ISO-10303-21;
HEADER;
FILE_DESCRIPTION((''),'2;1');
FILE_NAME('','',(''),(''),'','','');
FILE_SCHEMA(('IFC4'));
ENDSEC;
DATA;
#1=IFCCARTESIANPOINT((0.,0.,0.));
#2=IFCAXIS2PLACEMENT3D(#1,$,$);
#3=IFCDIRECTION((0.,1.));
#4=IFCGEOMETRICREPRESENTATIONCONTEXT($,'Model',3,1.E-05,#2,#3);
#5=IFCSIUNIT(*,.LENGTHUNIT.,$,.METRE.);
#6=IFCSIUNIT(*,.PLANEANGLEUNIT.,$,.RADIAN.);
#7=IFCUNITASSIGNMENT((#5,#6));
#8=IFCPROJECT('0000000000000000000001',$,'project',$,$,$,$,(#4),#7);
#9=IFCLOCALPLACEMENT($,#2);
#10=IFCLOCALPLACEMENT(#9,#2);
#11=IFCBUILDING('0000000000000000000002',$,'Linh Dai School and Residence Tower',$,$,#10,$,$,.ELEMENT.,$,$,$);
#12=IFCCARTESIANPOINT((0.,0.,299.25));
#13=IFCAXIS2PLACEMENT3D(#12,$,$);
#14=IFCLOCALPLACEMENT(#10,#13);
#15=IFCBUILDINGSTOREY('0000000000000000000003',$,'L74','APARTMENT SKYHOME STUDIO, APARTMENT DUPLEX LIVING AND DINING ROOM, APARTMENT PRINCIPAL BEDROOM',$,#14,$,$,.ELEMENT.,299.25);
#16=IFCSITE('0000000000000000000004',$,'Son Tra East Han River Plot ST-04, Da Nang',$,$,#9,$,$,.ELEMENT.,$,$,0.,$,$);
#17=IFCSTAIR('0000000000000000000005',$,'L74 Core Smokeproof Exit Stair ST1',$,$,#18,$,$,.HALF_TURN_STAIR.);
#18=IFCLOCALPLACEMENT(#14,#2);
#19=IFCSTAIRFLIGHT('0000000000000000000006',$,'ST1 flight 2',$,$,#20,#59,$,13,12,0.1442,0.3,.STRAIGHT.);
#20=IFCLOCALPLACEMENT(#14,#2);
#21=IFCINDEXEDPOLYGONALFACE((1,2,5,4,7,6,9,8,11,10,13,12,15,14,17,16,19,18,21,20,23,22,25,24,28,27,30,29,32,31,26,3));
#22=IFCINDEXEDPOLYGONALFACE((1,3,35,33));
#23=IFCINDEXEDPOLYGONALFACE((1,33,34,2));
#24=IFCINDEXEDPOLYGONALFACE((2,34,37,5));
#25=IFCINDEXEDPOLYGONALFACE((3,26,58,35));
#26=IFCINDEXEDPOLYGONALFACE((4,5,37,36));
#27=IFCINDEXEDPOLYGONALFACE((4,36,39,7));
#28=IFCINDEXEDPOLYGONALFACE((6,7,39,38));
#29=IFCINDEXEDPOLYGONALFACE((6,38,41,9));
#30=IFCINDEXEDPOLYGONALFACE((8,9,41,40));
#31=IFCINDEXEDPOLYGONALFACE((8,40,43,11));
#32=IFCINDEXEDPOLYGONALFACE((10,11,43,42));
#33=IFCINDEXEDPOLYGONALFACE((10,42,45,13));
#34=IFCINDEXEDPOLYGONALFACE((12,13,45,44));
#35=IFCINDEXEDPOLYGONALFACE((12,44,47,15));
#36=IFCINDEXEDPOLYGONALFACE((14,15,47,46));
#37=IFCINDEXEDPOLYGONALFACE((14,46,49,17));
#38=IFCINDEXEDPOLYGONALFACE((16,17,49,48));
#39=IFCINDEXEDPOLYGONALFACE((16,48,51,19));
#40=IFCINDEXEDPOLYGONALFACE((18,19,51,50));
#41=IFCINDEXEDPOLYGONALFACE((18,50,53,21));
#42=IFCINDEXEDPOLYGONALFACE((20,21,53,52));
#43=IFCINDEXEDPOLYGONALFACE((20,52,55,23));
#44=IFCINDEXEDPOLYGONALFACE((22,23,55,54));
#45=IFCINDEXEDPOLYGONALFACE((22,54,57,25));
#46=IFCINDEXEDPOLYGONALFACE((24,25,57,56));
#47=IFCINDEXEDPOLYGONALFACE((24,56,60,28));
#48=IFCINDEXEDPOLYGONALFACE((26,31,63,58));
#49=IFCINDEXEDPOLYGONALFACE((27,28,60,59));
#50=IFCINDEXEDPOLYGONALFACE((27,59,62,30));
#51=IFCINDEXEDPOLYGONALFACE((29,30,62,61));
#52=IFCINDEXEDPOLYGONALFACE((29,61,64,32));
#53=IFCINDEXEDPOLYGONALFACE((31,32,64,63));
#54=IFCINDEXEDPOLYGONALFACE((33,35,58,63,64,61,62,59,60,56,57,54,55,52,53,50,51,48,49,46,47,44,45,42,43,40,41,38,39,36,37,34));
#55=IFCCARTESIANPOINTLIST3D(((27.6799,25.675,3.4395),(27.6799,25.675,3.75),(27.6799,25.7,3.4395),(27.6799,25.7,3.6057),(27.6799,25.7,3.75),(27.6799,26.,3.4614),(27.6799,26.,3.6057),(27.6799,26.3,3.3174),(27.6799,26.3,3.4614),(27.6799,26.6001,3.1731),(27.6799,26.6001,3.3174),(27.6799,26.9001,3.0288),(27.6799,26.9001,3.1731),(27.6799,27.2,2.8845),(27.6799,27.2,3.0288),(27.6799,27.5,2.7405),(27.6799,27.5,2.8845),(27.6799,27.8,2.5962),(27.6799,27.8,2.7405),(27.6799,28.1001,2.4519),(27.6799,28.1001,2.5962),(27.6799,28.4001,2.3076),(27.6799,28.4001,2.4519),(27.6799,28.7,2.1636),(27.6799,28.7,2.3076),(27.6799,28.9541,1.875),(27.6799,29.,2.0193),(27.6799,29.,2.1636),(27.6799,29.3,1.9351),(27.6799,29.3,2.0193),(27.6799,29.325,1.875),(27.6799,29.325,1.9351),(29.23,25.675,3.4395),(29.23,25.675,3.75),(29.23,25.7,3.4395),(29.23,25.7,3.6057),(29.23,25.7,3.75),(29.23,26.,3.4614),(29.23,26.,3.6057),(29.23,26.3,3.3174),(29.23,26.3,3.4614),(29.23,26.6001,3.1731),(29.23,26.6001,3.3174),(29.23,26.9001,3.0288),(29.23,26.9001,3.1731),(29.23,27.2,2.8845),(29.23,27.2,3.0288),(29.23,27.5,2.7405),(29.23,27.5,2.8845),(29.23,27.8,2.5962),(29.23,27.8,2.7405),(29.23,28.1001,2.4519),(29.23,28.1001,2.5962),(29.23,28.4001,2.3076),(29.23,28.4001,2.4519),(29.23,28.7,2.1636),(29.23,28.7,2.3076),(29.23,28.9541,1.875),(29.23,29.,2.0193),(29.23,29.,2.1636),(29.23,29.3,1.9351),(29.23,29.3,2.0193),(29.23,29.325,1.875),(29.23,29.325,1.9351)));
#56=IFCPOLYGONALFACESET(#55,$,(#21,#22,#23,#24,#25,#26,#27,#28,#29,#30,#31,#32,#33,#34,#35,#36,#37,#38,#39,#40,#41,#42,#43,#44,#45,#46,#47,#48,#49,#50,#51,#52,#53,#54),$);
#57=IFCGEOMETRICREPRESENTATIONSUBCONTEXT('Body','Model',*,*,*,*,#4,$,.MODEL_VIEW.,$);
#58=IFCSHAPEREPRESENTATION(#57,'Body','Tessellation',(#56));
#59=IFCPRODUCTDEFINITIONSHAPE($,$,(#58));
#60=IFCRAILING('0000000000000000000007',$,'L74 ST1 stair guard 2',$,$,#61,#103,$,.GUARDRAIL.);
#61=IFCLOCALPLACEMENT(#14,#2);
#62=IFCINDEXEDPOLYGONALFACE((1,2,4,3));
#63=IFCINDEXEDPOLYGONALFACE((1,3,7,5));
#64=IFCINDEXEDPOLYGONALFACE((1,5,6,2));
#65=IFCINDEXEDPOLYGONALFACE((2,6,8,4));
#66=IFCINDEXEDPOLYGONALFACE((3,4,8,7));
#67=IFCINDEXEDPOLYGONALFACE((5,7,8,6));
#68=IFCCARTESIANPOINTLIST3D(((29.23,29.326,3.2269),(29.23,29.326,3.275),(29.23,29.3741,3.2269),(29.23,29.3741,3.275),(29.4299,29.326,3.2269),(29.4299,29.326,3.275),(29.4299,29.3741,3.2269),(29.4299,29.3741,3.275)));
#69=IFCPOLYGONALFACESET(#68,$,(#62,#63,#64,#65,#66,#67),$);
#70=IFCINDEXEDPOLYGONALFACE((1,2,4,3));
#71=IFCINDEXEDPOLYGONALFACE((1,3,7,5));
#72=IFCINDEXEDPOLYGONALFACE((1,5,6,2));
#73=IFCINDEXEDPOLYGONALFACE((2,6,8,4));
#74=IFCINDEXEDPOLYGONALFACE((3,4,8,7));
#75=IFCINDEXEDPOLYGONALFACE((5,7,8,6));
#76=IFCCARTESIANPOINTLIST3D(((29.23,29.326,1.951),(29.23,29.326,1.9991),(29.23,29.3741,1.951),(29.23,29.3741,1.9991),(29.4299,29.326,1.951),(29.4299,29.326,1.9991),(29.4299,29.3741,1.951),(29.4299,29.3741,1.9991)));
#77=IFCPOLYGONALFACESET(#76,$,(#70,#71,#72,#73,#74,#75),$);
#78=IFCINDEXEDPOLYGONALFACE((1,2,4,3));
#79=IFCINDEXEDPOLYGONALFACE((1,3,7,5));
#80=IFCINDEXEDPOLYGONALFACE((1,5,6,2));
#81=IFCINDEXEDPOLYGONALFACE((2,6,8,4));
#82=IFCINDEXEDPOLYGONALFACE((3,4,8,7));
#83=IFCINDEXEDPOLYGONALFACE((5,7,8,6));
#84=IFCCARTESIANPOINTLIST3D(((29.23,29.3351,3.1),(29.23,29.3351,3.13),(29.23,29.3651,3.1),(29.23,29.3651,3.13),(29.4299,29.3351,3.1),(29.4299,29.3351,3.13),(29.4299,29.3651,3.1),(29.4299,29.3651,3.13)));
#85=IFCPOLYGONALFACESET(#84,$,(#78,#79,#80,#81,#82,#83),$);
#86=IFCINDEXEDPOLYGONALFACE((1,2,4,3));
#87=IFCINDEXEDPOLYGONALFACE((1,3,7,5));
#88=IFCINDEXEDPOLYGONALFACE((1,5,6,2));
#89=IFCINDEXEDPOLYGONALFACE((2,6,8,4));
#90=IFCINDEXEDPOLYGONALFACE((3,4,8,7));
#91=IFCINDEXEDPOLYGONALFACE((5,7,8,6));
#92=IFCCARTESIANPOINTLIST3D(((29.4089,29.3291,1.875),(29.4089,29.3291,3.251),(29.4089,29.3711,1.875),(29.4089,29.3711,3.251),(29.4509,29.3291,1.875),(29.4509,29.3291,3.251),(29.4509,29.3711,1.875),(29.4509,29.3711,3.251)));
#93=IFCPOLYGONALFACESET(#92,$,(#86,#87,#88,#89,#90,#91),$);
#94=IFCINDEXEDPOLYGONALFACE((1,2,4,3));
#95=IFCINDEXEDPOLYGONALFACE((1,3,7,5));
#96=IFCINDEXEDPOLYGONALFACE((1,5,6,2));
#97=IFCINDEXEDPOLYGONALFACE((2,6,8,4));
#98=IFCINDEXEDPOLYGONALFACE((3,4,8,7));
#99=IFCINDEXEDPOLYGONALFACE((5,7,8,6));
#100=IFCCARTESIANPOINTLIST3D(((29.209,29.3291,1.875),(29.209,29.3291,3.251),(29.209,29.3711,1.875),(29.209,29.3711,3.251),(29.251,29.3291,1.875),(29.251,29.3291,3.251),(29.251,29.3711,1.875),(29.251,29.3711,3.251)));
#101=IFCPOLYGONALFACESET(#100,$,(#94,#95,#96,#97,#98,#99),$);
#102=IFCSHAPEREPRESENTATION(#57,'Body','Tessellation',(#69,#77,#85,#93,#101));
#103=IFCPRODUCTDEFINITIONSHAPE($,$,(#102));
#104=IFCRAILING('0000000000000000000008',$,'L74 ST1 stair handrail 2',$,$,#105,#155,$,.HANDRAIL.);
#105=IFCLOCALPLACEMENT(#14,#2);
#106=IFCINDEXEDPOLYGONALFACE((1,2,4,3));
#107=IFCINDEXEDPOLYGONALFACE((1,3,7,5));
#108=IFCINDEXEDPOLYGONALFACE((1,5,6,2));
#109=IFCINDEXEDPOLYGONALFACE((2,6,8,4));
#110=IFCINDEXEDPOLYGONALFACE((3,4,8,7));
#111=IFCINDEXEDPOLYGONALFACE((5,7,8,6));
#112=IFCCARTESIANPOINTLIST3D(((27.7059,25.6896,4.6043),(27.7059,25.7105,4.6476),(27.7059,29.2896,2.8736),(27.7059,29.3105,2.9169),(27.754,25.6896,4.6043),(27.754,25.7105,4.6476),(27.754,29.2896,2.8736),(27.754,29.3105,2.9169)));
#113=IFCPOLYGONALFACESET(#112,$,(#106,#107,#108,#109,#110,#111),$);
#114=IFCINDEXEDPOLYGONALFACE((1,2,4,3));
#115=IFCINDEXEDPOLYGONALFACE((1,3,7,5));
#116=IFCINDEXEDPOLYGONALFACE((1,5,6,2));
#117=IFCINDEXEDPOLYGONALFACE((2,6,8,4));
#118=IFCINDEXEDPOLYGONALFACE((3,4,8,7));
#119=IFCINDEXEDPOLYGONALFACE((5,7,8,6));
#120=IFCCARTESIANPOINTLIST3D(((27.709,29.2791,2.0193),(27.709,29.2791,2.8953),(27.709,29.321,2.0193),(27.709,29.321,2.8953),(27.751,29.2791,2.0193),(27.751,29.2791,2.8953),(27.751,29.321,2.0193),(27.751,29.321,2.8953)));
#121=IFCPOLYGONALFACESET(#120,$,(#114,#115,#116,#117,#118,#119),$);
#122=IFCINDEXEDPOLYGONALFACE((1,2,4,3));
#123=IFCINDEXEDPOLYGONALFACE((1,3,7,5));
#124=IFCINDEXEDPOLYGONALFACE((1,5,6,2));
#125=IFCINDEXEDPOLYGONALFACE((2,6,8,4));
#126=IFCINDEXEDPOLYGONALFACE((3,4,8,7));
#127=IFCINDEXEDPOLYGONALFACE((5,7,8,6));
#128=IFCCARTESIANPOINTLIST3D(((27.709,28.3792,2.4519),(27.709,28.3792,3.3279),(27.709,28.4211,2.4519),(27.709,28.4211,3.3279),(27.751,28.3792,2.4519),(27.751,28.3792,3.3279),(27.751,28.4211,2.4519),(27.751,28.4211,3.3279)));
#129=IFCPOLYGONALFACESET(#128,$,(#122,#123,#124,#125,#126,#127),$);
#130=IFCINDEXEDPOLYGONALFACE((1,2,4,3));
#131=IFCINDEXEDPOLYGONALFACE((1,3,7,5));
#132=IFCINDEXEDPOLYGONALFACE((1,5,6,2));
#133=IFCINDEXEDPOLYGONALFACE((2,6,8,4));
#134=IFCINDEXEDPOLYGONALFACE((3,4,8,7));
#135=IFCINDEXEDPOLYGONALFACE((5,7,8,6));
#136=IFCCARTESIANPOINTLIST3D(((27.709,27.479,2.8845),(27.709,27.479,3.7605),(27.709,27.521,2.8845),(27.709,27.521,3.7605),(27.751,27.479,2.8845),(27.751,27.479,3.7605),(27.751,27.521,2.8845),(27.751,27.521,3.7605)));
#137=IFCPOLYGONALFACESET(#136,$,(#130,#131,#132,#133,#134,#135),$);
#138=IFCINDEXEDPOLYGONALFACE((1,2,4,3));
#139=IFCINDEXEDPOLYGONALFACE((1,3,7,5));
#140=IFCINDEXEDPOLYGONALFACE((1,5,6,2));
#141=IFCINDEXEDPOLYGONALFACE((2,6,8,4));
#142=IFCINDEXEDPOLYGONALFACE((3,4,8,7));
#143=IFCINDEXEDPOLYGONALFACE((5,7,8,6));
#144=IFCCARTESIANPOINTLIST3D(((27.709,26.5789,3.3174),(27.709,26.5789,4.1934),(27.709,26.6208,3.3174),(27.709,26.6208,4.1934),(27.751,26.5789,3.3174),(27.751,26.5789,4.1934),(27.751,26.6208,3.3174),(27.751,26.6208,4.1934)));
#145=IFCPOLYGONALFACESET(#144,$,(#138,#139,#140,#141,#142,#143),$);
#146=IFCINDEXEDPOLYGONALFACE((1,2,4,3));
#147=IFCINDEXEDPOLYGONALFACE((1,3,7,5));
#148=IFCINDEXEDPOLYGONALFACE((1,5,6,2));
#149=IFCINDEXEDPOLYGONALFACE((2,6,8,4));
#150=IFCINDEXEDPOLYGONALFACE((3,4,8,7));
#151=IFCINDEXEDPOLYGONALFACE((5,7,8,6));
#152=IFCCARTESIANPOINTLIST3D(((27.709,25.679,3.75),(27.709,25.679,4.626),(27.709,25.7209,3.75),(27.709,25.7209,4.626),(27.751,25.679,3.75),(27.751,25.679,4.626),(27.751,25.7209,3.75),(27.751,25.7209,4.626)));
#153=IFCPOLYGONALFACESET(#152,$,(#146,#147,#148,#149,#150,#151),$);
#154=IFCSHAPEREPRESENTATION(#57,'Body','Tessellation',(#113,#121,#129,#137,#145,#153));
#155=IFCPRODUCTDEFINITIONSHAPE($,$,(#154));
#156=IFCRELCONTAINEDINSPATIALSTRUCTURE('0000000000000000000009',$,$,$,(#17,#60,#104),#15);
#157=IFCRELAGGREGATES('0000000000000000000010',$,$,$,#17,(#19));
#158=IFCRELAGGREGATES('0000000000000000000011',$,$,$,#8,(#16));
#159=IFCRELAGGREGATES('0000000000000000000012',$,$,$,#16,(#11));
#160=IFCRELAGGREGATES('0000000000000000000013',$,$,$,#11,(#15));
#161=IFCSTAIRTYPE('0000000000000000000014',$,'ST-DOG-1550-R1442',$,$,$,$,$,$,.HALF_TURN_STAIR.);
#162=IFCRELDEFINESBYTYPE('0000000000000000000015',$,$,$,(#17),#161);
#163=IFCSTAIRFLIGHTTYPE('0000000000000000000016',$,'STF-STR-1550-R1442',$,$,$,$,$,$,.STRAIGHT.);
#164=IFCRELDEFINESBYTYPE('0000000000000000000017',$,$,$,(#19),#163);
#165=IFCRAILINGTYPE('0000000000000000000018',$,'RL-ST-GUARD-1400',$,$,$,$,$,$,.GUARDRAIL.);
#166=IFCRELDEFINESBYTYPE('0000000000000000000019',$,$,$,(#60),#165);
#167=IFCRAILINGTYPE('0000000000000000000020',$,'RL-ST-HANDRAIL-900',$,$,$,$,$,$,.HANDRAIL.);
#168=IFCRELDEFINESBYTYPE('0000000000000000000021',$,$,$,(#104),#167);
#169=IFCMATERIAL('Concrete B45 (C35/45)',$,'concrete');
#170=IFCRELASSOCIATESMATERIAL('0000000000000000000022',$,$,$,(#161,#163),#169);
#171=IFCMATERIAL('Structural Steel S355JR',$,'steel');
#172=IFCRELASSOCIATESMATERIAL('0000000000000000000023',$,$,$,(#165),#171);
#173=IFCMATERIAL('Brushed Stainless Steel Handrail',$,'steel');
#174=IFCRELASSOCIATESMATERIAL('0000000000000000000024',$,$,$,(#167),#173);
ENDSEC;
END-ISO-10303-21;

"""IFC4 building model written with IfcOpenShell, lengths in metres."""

from ifc_helpers import new_model, si_unit, direction, frame, origin, origin_2d, place, context, subcontext, project, spatial, polyline, rectangle, outline, extrude, source, transform, mapped, material, type_object, element, aggregate, save


model = new_model("IFC4")

# Units and contexts
model_context = context("Model", 3, precision=1e-05, world=origin(), true_north=direction((0.0, 1.0)))
body_context = subcontext(model_context, "Body", "Model", "MODEL_VIEW")
ifc_project = project(units=[si_unit("LENGTHUNIT", "METRE"), si_unit("PLANEANGLEUNIT", "RADIAN")], contexts=[model_context])

# Site, building, storey
site_placement = place(None, origin())
site = spatial("IfcSite", under=ifc_project, at=site_placement, Name="Son Tra East Han River Plot ST-04, Da Nang", CompositionType="ELEMENT", RefElevation=0.0)
building_placement = place(site_placement, origin())
building = spatial("IfcBuilding", under=site, at=building_placement, Name="Linh Dai School and Residence Tower", CompositionType="ELEMENT")
storey_placement = place(building_placement, frame((0.0, 0.0, 299.25)))
storey = spatial("IfcBuildingStorey", under=building, at=storey_placement, Name="L74", Description="APARTMENT SKYHOME STUDIO, APARTMENT DUPLEX LIVING AND DINING ROOM, APARTMENT PRINCIPAL BEDROOM", CompositionType="ELEMENT", Elevation=299.25)

# Shared definitions
ifc_material_1 = material(Name="Structural Steel S355JR", Category="steel")

# Shared definitions
ifc_material_2 = material(Name="Concrete B45 (C35/45)", Category="concrete")

# Stair, stair flight
stair_type = type_object("IfcStairType", Name="ST-DOG-1550-R1442", PredefinedType="HALF_TURN_STAIR", material=ifc_material_2)
stair_placement = place(storey_placement, origin())
stair = element("IfcStair", 1, at=stair_placement, inside=storey, type_object=stair_type, Name="L74 Core Smokeproof Exit Stair ST1", PredefinedType="HALF_TURN_STAIR")
stair_flight_type = type_object("IfcStairFlightType", Name="STF-STR-1550-R1442", PredefinedType="STRAIGHT", material=ifc_material_2)
shared_shape_1 = source(origin(), body_context, "Body", "SweptSolid", [
    extrude(outline(polyline([(-0.0249, 0.0), (-0.0249, 0.0601), (0.0, 0.0601), (0.0, 0.1443), (0.3, 0.1443), (0.3, 0.2886), (0.6001, 0.2886), (0.6001, 0.4326), (0.8999, 0.4326), (0.8999, 0.5769), (1.2, 0.5769), (1.2, 0.7212), (1.5, 0.7212), (1.5, 0.8655), (1.8, 0.8655), (1.8, 1.0095), (2.1001, 1.0095), (2.1001, 1.1538), (2.3999, 1.1538), (2.3999, 1.2981), (2.7, 1.2981), (2.7, 1.4424), (3.0, 1.4424), (3.0, 1.5864), (3.3, 1.5864), (3.3, 1.7307), (3.6001, 1.7307), (3.6001, 1.875), (3.625, 1.875), (3.625, 1.5645), (3.6001, 1.5645), (0.3459, 0.0), (-0.0249, 0.0)])), frame((0.0, 0.7749, 0.0), z_axis=(0.0, -1.0, 0.0), x_axis=(1.0, 0.0, 0.0)), (0.0, 0.0, 1.0), 1.55),
])
stair_flight_placement = place(storey_placement, frame((28.4551, 29.3, 1.875), z_axis=(0.0, 0.0, 1.0), x_axis=(0.0, -1.0, 0.0)))
stair_flight = element("IfcStairFlight", 2, at=stair_flight_placement, type_object=stair_flight_type, Name="ST1 flight 2", NumberOfRisers=13, NumberOfTreads=12, PredefinedType="STRAIGHT", RiserHeight=0.1442, TreadLength=0.3, context=body_context, shape_type="MappedRepresentation", body=[
    mapped(shared_shape_1, transform((0.0, 0.0, 0.0), x_axis=(1.0, 0.0, 0.0), y_axis=(0.0, 1.0, 0.0), z_axis=(0.0, 0.0, 1.0), scale=1.0)),
])
aggregate(stair, [stair_flight])

# Railings
railing_type_1 = type_object("IfcRailingType", Name="RL-ST-GUARD-1400", PredefinedType="GUARDRAIL", material=ifc_material_1)
shared_shape_2 = source(origin(), body_context, "Body", "SweptSolid", [
    extrude(rectangle(XDim=0.0481, YDim=0.0481, at=origin_2d()), frame((0.0, 0.0, 1.376), z_axis=(-1.0, 0.0, 0.0), x_axis=(0.0, -1.0, 0.0)), (0.0, 0.0, 1.0), 0.2),
    extrude(rectangle(XDim=0.0481, YDim=0.0481, at=origin_2d()), frame((0.0, 0.0, 0.1001), z_axis=(-1.0, 0.0, 0.0), x_axis=(0.0, -1.0, 0.0)), (0.0, 0.0, 1.0), 0.2),
    extrude(rectangle(XDim=0.03, YDim=0.03, at=origin_2d()), frame((0.0, 0.0, 1.24), z_axis=(-1.0, 0.0, 0.0), x_axis=(0.0, -1.0, 0.0)), (0.0, 0.0, 1.0), 0.2),
    extrude(rectangle(XDim=0.042, YDim=0.042, at=origin_2d()), origin(), (0.0, 0.0, 1.0), 1.376),
    extrude(rectangle(XDim=0.042, YDim=0.042, at=origin_2d()), frame((-0.2, 0.0, 0.0)), (0.0, 0.0, 1.0), 1.376),
])
railing_1_placement = place(storey_placement, frame((29.4299, 29.3501, 1.875)))
element("IfcRailing", 3, at=railing_1_placement, inside=storey, type_object=railing_type_1, Name="L74 ST1 stair guard 2", PredefinedType="GUARDRAIL", context=body_context, shape_type="MappedRepresentation", body=[
    mapped(shared_shape_2, transform((0.0, 0.0, 0.0), x_axis=(1.0, 0.0, 0.0), y_axis=(0.0, 1.0, 0.0), z_axis=(0.0, 0.0, 1.0), scale=1.0)),
])
ifc_material_3 = material(Name="Brushed Stainless Steel Handrail", Category="steel")
railing_type_2 = type_object("IfcRailingType", Name="RL-ST-HANDRAIL-900", PredefinedType="HANDRAIL", material=ifc_material_3)
shared_shape_3 = source(origin(), body_context, "Body", "SweptSolid", [
    extrude(rectangle(XDim=0.0481, YDim=0.0481, at=origin_2d()), frame((0.0, 0.0, 0.876), z_axis=(0.0, -0.901263, 0.433273), x_axis=(1.0, 0.0, 0.0)), (0.0, 0.0, 1.0), 3.9944),
    extrude(rectangle(XDim=0.042, YDim=0.042, at=origin_2d()), origin(), (0.0, 0.0, 1.0), 0.876),
    extrude(rectangle(XDim=0.042, YDim=0.042, at=origin_2d()), frame((0.0, -0.8999, 0.4326)), (0.0, 0.0, 1.0), 0.876),
    extrude(rectangle(XDim=0.042, YDim=0.042, at=origin_2d()), frame((0.0, -1.8, 0.8652)), (0.0, 0.0, 1.0), 0.876),
    extrude(rectangle(XDim=0.042, YDim=0.042, at=origin_2d()), frame((0.0, -2.7002, 1.2981)), (0.0, 0.0, 1.0), 0.876),
    extrude(rectangle(XDim=0.042, YDim=0.042, at=origin_2d()), frame((0.0, -3.6001, 1.7307)), (0.0, 0.0, 1.0), 0.876),
])
railing_2_placement = place(storey_placement, frame((27.73, 29.3, 2.0193)))
element("IfcRailing", 4, at=railing_2_placement, inside=storey, type_object=railing_type_2, Name="L74 ST1 stair handrail 2", PredefinedType="HANDRAIL", context=body_context, shape_type="MappedRepresentation", body=[
    mapped(shared_shape_3, transform((0.0, 0.0, 0.0), x_axis=(1.0, 0.0, 0.0), y_axis=(0.0, 1.0, 0.0), z_axis=(0.0, 0.0, 1.0), scale=1.0)),
])

save(model, "model.ifc")
